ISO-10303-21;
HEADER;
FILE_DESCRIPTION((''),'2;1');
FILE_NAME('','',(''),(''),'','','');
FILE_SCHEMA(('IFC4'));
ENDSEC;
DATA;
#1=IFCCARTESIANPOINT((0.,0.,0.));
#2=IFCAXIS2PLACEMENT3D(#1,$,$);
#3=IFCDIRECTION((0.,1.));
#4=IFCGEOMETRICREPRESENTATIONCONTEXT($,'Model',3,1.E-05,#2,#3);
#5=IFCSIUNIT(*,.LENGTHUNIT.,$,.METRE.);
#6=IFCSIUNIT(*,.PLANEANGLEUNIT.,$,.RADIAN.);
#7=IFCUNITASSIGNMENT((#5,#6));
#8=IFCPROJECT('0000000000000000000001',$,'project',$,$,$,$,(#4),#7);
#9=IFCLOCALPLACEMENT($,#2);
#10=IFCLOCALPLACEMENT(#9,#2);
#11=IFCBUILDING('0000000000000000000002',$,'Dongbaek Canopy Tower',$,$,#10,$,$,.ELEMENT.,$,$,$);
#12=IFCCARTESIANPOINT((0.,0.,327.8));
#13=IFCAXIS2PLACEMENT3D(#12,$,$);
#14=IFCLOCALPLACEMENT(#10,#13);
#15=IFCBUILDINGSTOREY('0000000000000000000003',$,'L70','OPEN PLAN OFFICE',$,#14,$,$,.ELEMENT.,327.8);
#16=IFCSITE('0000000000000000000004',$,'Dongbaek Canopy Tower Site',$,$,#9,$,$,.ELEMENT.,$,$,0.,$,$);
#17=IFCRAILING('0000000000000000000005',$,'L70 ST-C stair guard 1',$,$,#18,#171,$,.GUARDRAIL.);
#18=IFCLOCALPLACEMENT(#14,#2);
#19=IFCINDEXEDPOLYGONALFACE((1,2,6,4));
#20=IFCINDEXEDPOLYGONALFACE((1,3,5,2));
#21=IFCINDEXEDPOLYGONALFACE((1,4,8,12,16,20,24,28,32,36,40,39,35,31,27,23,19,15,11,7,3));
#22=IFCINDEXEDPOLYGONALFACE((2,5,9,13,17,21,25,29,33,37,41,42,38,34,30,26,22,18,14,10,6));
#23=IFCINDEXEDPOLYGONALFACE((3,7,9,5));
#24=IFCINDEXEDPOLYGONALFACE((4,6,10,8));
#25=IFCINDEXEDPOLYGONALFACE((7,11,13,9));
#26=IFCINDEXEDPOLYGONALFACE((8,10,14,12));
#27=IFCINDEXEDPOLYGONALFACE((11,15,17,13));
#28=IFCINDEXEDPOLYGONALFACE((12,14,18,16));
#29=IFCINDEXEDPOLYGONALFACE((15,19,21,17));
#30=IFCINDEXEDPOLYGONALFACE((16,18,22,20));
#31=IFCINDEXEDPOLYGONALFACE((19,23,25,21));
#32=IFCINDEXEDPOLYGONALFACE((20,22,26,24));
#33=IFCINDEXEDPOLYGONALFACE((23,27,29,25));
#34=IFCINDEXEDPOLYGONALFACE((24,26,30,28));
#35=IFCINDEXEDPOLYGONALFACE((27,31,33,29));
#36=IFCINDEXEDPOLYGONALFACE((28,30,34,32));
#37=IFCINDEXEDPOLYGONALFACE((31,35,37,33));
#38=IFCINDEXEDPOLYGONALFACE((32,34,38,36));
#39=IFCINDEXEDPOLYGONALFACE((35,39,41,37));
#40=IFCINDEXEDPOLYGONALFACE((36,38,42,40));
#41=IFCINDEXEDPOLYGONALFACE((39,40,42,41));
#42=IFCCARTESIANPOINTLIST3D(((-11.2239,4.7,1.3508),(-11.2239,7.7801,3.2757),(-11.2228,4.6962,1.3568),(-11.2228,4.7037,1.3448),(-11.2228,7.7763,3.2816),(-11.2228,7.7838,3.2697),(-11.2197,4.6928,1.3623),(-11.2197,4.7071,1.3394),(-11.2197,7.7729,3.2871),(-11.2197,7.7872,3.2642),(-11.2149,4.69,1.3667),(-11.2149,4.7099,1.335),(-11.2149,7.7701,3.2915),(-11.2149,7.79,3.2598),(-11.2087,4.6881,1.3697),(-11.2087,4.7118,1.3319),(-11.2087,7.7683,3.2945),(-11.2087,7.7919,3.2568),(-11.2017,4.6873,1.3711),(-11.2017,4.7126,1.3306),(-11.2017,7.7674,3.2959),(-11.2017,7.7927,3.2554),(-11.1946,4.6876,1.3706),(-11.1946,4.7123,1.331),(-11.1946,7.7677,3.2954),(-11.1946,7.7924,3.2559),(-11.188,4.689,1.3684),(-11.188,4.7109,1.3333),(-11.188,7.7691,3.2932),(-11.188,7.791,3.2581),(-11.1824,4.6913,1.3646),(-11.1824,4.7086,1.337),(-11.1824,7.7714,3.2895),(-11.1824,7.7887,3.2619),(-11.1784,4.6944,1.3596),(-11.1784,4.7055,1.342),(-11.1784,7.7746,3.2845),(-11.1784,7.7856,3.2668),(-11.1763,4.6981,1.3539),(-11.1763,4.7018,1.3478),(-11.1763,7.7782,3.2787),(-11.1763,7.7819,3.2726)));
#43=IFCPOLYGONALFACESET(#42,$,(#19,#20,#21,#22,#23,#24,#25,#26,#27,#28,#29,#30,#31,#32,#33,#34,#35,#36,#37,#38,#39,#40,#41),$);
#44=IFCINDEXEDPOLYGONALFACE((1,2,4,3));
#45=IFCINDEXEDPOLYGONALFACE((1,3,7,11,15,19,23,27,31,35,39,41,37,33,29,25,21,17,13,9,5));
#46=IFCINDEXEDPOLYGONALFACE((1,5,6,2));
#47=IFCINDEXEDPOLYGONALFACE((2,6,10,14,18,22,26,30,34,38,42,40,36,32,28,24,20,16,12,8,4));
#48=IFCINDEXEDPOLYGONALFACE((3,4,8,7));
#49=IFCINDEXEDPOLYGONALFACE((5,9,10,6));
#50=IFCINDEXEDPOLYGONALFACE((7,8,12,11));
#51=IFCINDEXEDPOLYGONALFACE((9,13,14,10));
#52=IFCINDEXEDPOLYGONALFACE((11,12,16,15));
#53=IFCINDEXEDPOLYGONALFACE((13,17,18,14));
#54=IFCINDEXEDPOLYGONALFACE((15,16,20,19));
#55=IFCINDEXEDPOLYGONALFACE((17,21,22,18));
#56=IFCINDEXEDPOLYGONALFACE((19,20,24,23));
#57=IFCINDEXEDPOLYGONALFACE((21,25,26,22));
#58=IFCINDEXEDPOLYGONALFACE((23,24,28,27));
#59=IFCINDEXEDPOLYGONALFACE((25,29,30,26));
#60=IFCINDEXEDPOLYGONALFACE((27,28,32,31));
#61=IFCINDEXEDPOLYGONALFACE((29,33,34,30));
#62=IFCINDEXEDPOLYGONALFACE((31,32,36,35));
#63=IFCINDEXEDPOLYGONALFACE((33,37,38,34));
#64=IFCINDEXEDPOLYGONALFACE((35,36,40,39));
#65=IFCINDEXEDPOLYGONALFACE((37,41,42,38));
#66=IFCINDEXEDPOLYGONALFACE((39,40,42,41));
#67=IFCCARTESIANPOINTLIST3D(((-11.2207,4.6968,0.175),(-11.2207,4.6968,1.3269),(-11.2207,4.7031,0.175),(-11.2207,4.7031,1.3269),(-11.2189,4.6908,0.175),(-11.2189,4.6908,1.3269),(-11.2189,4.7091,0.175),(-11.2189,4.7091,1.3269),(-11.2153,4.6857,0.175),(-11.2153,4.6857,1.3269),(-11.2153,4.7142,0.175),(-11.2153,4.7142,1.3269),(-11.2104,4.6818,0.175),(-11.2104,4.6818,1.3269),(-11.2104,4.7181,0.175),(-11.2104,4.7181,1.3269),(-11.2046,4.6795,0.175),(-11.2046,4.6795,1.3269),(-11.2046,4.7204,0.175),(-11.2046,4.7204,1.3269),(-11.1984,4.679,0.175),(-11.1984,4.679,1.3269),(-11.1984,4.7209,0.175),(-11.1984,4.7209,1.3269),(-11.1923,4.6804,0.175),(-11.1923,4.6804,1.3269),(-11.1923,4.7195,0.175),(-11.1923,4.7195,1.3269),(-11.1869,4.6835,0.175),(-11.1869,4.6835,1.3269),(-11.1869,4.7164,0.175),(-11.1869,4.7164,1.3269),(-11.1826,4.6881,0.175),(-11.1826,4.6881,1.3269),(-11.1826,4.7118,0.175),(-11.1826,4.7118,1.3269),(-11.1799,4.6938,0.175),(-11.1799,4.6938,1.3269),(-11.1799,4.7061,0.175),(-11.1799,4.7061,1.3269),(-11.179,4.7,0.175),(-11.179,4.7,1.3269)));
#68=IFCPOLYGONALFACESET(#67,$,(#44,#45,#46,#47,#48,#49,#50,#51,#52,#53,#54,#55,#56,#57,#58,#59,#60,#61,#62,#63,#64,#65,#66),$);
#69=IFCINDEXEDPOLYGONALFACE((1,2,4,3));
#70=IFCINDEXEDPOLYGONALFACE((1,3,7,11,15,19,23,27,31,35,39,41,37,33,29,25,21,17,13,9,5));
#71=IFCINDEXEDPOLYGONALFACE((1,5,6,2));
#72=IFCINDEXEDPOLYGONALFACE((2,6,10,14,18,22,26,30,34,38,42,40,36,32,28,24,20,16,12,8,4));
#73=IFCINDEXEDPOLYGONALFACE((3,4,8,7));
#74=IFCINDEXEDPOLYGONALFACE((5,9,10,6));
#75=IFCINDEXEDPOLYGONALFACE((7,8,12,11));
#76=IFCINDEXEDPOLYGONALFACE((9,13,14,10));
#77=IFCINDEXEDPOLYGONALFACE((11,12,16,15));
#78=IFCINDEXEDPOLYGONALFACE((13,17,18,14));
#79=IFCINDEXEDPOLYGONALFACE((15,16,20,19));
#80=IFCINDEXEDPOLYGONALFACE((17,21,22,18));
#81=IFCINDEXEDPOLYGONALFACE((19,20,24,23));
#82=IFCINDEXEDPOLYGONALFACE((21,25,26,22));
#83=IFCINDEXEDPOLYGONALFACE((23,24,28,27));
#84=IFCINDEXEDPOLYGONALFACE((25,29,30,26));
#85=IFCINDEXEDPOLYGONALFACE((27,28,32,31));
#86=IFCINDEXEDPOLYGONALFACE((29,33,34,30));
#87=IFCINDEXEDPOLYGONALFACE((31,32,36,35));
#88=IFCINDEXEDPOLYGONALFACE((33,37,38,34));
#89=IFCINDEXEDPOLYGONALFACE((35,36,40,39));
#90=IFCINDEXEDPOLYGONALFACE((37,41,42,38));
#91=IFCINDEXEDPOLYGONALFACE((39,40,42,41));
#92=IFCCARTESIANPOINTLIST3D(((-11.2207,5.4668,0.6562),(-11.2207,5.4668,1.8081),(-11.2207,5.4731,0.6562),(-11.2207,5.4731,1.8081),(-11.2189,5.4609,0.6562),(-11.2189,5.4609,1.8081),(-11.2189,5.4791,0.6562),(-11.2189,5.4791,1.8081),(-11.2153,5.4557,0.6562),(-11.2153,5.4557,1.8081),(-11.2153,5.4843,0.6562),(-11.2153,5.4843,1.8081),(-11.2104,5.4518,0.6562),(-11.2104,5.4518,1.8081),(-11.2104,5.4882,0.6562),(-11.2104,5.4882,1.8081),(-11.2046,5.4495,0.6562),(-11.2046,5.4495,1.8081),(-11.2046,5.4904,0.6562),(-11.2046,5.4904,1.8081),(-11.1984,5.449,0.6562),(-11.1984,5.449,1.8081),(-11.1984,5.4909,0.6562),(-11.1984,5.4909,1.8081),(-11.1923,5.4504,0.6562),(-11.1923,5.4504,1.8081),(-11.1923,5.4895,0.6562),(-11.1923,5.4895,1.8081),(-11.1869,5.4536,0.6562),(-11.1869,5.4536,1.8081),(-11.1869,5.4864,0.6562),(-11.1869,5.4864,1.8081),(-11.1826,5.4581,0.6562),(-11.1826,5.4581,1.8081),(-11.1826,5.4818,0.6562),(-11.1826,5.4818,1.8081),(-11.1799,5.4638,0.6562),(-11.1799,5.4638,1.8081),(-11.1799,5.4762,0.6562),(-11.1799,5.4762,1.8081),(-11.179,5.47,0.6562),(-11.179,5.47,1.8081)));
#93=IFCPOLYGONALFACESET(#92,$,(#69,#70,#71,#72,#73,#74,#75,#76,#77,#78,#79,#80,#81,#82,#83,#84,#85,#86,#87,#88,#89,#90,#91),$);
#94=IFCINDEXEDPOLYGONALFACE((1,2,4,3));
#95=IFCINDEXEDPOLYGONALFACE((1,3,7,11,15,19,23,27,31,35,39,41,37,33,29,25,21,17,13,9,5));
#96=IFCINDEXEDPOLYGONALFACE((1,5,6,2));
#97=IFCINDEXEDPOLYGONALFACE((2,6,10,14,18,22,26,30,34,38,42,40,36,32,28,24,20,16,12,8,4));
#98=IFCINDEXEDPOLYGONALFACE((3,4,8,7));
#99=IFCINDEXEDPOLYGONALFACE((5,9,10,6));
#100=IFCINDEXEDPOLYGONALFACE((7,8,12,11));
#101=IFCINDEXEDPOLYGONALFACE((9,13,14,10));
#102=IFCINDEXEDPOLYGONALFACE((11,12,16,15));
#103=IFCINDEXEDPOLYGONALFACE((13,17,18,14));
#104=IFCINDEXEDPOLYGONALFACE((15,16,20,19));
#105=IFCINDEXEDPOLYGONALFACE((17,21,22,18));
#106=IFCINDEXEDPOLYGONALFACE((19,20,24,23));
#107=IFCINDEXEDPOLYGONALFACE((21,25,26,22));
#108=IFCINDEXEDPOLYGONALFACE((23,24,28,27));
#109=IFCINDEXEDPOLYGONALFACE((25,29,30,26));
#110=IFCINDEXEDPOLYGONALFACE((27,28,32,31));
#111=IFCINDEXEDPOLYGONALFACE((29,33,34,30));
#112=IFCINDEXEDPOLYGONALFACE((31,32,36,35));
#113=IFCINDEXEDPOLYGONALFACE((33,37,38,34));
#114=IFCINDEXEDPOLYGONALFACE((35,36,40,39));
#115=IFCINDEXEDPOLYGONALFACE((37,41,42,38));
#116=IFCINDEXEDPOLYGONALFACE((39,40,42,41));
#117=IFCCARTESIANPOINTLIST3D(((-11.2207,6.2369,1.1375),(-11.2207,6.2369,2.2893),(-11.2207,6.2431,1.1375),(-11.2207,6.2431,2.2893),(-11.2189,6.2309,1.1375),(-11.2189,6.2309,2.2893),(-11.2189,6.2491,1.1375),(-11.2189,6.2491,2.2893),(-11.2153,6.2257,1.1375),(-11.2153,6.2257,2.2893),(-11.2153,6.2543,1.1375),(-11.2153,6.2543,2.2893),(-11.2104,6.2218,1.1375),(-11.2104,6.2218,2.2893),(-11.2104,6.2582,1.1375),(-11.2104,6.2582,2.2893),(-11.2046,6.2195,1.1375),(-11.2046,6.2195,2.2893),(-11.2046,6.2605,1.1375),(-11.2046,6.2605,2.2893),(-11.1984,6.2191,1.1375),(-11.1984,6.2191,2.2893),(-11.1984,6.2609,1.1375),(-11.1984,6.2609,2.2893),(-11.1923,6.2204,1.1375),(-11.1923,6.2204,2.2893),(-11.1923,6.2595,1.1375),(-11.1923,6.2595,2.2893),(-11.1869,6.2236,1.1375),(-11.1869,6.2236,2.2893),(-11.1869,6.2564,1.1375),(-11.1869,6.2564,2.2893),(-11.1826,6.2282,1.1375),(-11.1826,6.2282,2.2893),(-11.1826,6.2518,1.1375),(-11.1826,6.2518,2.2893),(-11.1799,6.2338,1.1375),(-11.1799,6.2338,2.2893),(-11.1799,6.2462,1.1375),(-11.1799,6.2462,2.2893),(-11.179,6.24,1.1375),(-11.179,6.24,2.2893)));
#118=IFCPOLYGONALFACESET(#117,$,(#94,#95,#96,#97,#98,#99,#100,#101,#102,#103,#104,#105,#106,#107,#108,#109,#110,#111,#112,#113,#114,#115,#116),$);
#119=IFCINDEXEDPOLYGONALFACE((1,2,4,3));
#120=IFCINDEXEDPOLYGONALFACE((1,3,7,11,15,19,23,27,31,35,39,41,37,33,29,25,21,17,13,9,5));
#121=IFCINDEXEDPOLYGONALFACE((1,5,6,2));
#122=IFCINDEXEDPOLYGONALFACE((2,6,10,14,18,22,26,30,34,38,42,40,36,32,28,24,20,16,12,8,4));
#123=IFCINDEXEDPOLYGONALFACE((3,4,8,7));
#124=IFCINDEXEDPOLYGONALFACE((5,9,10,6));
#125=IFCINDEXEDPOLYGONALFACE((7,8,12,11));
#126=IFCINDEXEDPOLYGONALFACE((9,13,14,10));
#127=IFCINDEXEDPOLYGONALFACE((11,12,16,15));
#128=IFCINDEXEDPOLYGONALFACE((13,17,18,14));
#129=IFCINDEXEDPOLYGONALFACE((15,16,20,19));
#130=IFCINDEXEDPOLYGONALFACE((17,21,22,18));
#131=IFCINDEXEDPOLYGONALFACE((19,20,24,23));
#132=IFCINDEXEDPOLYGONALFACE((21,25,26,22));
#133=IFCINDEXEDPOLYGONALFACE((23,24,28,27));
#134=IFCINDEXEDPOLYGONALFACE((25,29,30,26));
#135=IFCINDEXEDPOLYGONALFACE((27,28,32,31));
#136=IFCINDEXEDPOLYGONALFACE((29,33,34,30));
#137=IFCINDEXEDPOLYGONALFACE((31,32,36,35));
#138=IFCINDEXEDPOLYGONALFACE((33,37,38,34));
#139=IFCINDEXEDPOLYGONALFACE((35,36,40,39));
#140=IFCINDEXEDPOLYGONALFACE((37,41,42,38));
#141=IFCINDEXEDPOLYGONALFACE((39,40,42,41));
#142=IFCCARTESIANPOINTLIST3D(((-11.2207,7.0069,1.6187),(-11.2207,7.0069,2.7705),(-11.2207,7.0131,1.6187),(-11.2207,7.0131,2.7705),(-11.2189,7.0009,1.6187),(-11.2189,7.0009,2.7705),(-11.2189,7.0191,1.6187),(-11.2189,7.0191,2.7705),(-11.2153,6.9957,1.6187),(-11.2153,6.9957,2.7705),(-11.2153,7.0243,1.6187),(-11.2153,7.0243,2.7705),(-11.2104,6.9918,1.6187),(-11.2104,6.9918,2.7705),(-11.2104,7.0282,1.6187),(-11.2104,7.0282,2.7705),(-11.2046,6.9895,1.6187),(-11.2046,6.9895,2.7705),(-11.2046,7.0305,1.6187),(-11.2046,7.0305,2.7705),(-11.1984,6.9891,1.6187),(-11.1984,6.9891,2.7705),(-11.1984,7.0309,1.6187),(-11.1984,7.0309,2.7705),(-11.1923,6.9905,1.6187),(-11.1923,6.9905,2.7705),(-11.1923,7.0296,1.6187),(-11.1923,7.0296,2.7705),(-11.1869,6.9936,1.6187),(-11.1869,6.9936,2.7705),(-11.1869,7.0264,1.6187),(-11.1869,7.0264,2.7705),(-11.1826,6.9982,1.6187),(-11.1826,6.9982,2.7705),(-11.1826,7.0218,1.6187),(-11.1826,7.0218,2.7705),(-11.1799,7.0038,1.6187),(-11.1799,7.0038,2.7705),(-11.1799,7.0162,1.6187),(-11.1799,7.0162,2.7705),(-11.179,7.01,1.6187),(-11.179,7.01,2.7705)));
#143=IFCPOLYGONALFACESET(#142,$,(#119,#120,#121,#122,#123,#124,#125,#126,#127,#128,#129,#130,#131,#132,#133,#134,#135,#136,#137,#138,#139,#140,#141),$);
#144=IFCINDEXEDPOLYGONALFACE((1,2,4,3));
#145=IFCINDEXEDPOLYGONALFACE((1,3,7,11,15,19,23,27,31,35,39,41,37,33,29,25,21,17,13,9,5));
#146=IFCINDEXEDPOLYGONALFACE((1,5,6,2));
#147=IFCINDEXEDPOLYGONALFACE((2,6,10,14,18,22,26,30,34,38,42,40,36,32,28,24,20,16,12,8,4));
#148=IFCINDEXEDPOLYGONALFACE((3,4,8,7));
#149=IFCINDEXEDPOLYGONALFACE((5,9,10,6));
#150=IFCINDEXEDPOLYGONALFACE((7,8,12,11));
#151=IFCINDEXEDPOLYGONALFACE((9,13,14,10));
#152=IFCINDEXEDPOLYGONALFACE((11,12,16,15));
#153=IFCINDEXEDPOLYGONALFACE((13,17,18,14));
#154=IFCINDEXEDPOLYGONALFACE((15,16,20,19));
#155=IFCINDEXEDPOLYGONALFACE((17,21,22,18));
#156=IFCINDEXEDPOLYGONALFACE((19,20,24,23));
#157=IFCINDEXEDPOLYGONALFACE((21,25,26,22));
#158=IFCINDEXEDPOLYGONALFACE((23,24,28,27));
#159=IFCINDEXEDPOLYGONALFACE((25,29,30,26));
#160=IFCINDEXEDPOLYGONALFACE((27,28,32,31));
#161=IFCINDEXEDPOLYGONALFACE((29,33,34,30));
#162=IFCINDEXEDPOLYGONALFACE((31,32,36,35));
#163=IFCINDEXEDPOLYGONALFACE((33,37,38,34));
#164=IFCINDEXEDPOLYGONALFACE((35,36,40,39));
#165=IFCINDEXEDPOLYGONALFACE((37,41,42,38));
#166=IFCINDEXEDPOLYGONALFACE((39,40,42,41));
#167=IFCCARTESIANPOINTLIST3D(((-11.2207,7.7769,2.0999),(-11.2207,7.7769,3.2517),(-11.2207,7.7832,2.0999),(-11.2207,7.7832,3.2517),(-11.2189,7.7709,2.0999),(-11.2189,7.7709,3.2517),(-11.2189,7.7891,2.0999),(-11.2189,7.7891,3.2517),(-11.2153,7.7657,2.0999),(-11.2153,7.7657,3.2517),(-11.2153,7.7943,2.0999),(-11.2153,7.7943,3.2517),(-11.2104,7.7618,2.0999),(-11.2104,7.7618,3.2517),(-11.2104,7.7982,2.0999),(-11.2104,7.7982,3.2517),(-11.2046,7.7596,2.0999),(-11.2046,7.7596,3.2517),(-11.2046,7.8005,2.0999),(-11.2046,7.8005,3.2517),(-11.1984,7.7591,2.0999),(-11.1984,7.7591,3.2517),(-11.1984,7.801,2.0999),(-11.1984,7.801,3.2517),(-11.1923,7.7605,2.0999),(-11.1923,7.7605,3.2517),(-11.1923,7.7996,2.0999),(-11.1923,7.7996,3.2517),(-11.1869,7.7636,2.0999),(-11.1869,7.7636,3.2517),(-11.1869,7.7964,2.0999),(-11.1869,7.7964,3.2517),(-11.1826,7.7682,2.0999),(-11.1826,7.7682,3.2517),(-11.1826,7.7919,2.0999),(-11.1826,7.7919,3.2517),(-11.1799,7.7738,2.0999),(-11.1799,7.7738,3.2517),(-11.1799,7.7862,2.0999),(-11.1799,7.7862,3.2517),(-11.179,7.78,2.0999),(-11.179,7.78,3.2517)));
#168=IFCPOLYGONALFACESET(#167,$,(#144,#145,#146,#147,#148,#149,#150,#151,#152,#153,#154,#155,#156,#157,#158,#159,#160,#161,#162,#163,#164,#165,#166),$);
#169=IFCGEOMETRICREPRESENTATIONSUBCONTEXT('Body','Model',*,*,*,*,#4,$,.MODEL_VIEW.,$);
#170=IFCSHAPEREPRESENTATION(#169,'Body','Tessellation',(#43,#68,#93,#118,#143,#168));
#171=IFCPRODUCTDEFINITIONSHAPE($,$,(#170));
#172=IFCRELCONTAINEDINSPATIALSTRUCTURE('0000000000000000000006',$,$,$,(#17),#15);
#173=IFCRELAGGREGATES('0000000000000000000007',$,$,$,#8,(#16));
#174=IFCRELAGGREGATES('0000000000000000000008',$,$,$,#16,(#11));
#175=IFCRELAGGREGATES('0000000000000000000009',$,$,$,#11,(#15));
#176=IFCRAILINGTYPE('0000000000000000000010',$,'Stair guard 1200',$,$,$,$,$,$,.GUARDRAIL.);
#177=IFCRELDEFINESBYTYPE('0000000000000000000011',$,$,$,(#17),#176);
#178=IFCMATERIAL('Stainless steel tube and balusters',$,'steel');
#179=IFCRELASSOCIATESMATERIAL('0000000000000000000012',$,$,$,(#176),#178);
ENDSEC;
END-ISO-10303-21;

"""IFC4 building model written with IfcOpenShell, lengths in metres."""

from ifc_helpers import new_model, si_unit, direction, frame, origin, origin_2d, place, context, subcontext, project, spatial, circle, extrude, material, type_object, element, save


model = new_model("IFC4")

# Units and contexts
model_context = context("Model", 3, precision=1e-05, world=origin(), true_north=direction((0.0, 1.0)))
body_context = subcontext(model_context, "Body", "Model", "MODEL_VIEW")
ifc_project = project(units=[si_unit("LENGTHUNIT", "METRE"), si_unit("PLANEANGLEUNIT", "RADIAN")], contexts=[model_context])

# Site, building, storey
site_placement = place(None, origin())
site = spatial("IfcSite", under=ifc_project, at=site_placement, Name="Dongbaek Canopy Tower Site", CompositionType="ELEMENT", RefElevation=0.0)
building_placement = place(site_placement, origin())
building = spatial("IfcBuilding", under=site, at=building_placement, Name="Dongbaek Canopy Tower", CompositionType="ELEMENT")
storey_placement = place(building_placement, frame((0.0, 0.0, 327.8)))
storey = spatial("IfcBuildingStorey", under=building, at=storey_placement, Name="L70", Description="OPEN PLAN OFFICE", CompositionType="ELEMENT", Elevation=327.8)

# Railing
ifc_material_1 = material(Name="Stainless steel tube and balusters", Category="steel")
railing_type_1 = type_object("IfcRailingType", Name="Stair guard 1200", PredefinedType="GUARDRAIL", material=ifc_material_1)
railing_1_placement = place(storey_placement, frame((-11.2, 4.7, 0.175)))
element("IfcRailing", 1, at=railing_1_placement, inside=storey, type_object=railing_type_1, Name="L70 ST-C stair guard 1", PredefinedType="GUARDRAIL", context=body_context, shape_type="SweptSolid", body=[
    extrude(circle(Radius=0.0239, at=origin_2d()), frame((0.0, 0.0, 1.1758), z_axis=(0.0, 0.848029, 0.529951), x_axis=(-1.0, 0.0, 0.0)), (0.0, 0.0, 1.0), 3.6321),
    extrude(circle(Radius=0.021, at=origin_2d()), origin(), (0.0, 0.0, 1.0), 1.1519),
    extrude(circle(Radius=0.021, at=origin_2d()), frame((0.0, 0.77, 0.4812)), (0.0, 0.0, 1.0), 1.1519),
    extrude(circle(Radius=0.021, at=origin_2d()), frame((0.0, 1.54, 0.9624)), (0.0, 0.0, 1.0), 1.1519),
    extrude(circle(Radius=0.021, at=origin_2d()), frame((0.0, 2.3101, 1.4436)), (0.0, 0.0, 1.0), 1.1519),
    extrude(circle(Radius=0.021, at=origin_2d()), frame((0.0, 3.0801, 1.9248)), (0.0, 0.0, 1.0), 1.1519),
])

save(model, "model.ifc")
